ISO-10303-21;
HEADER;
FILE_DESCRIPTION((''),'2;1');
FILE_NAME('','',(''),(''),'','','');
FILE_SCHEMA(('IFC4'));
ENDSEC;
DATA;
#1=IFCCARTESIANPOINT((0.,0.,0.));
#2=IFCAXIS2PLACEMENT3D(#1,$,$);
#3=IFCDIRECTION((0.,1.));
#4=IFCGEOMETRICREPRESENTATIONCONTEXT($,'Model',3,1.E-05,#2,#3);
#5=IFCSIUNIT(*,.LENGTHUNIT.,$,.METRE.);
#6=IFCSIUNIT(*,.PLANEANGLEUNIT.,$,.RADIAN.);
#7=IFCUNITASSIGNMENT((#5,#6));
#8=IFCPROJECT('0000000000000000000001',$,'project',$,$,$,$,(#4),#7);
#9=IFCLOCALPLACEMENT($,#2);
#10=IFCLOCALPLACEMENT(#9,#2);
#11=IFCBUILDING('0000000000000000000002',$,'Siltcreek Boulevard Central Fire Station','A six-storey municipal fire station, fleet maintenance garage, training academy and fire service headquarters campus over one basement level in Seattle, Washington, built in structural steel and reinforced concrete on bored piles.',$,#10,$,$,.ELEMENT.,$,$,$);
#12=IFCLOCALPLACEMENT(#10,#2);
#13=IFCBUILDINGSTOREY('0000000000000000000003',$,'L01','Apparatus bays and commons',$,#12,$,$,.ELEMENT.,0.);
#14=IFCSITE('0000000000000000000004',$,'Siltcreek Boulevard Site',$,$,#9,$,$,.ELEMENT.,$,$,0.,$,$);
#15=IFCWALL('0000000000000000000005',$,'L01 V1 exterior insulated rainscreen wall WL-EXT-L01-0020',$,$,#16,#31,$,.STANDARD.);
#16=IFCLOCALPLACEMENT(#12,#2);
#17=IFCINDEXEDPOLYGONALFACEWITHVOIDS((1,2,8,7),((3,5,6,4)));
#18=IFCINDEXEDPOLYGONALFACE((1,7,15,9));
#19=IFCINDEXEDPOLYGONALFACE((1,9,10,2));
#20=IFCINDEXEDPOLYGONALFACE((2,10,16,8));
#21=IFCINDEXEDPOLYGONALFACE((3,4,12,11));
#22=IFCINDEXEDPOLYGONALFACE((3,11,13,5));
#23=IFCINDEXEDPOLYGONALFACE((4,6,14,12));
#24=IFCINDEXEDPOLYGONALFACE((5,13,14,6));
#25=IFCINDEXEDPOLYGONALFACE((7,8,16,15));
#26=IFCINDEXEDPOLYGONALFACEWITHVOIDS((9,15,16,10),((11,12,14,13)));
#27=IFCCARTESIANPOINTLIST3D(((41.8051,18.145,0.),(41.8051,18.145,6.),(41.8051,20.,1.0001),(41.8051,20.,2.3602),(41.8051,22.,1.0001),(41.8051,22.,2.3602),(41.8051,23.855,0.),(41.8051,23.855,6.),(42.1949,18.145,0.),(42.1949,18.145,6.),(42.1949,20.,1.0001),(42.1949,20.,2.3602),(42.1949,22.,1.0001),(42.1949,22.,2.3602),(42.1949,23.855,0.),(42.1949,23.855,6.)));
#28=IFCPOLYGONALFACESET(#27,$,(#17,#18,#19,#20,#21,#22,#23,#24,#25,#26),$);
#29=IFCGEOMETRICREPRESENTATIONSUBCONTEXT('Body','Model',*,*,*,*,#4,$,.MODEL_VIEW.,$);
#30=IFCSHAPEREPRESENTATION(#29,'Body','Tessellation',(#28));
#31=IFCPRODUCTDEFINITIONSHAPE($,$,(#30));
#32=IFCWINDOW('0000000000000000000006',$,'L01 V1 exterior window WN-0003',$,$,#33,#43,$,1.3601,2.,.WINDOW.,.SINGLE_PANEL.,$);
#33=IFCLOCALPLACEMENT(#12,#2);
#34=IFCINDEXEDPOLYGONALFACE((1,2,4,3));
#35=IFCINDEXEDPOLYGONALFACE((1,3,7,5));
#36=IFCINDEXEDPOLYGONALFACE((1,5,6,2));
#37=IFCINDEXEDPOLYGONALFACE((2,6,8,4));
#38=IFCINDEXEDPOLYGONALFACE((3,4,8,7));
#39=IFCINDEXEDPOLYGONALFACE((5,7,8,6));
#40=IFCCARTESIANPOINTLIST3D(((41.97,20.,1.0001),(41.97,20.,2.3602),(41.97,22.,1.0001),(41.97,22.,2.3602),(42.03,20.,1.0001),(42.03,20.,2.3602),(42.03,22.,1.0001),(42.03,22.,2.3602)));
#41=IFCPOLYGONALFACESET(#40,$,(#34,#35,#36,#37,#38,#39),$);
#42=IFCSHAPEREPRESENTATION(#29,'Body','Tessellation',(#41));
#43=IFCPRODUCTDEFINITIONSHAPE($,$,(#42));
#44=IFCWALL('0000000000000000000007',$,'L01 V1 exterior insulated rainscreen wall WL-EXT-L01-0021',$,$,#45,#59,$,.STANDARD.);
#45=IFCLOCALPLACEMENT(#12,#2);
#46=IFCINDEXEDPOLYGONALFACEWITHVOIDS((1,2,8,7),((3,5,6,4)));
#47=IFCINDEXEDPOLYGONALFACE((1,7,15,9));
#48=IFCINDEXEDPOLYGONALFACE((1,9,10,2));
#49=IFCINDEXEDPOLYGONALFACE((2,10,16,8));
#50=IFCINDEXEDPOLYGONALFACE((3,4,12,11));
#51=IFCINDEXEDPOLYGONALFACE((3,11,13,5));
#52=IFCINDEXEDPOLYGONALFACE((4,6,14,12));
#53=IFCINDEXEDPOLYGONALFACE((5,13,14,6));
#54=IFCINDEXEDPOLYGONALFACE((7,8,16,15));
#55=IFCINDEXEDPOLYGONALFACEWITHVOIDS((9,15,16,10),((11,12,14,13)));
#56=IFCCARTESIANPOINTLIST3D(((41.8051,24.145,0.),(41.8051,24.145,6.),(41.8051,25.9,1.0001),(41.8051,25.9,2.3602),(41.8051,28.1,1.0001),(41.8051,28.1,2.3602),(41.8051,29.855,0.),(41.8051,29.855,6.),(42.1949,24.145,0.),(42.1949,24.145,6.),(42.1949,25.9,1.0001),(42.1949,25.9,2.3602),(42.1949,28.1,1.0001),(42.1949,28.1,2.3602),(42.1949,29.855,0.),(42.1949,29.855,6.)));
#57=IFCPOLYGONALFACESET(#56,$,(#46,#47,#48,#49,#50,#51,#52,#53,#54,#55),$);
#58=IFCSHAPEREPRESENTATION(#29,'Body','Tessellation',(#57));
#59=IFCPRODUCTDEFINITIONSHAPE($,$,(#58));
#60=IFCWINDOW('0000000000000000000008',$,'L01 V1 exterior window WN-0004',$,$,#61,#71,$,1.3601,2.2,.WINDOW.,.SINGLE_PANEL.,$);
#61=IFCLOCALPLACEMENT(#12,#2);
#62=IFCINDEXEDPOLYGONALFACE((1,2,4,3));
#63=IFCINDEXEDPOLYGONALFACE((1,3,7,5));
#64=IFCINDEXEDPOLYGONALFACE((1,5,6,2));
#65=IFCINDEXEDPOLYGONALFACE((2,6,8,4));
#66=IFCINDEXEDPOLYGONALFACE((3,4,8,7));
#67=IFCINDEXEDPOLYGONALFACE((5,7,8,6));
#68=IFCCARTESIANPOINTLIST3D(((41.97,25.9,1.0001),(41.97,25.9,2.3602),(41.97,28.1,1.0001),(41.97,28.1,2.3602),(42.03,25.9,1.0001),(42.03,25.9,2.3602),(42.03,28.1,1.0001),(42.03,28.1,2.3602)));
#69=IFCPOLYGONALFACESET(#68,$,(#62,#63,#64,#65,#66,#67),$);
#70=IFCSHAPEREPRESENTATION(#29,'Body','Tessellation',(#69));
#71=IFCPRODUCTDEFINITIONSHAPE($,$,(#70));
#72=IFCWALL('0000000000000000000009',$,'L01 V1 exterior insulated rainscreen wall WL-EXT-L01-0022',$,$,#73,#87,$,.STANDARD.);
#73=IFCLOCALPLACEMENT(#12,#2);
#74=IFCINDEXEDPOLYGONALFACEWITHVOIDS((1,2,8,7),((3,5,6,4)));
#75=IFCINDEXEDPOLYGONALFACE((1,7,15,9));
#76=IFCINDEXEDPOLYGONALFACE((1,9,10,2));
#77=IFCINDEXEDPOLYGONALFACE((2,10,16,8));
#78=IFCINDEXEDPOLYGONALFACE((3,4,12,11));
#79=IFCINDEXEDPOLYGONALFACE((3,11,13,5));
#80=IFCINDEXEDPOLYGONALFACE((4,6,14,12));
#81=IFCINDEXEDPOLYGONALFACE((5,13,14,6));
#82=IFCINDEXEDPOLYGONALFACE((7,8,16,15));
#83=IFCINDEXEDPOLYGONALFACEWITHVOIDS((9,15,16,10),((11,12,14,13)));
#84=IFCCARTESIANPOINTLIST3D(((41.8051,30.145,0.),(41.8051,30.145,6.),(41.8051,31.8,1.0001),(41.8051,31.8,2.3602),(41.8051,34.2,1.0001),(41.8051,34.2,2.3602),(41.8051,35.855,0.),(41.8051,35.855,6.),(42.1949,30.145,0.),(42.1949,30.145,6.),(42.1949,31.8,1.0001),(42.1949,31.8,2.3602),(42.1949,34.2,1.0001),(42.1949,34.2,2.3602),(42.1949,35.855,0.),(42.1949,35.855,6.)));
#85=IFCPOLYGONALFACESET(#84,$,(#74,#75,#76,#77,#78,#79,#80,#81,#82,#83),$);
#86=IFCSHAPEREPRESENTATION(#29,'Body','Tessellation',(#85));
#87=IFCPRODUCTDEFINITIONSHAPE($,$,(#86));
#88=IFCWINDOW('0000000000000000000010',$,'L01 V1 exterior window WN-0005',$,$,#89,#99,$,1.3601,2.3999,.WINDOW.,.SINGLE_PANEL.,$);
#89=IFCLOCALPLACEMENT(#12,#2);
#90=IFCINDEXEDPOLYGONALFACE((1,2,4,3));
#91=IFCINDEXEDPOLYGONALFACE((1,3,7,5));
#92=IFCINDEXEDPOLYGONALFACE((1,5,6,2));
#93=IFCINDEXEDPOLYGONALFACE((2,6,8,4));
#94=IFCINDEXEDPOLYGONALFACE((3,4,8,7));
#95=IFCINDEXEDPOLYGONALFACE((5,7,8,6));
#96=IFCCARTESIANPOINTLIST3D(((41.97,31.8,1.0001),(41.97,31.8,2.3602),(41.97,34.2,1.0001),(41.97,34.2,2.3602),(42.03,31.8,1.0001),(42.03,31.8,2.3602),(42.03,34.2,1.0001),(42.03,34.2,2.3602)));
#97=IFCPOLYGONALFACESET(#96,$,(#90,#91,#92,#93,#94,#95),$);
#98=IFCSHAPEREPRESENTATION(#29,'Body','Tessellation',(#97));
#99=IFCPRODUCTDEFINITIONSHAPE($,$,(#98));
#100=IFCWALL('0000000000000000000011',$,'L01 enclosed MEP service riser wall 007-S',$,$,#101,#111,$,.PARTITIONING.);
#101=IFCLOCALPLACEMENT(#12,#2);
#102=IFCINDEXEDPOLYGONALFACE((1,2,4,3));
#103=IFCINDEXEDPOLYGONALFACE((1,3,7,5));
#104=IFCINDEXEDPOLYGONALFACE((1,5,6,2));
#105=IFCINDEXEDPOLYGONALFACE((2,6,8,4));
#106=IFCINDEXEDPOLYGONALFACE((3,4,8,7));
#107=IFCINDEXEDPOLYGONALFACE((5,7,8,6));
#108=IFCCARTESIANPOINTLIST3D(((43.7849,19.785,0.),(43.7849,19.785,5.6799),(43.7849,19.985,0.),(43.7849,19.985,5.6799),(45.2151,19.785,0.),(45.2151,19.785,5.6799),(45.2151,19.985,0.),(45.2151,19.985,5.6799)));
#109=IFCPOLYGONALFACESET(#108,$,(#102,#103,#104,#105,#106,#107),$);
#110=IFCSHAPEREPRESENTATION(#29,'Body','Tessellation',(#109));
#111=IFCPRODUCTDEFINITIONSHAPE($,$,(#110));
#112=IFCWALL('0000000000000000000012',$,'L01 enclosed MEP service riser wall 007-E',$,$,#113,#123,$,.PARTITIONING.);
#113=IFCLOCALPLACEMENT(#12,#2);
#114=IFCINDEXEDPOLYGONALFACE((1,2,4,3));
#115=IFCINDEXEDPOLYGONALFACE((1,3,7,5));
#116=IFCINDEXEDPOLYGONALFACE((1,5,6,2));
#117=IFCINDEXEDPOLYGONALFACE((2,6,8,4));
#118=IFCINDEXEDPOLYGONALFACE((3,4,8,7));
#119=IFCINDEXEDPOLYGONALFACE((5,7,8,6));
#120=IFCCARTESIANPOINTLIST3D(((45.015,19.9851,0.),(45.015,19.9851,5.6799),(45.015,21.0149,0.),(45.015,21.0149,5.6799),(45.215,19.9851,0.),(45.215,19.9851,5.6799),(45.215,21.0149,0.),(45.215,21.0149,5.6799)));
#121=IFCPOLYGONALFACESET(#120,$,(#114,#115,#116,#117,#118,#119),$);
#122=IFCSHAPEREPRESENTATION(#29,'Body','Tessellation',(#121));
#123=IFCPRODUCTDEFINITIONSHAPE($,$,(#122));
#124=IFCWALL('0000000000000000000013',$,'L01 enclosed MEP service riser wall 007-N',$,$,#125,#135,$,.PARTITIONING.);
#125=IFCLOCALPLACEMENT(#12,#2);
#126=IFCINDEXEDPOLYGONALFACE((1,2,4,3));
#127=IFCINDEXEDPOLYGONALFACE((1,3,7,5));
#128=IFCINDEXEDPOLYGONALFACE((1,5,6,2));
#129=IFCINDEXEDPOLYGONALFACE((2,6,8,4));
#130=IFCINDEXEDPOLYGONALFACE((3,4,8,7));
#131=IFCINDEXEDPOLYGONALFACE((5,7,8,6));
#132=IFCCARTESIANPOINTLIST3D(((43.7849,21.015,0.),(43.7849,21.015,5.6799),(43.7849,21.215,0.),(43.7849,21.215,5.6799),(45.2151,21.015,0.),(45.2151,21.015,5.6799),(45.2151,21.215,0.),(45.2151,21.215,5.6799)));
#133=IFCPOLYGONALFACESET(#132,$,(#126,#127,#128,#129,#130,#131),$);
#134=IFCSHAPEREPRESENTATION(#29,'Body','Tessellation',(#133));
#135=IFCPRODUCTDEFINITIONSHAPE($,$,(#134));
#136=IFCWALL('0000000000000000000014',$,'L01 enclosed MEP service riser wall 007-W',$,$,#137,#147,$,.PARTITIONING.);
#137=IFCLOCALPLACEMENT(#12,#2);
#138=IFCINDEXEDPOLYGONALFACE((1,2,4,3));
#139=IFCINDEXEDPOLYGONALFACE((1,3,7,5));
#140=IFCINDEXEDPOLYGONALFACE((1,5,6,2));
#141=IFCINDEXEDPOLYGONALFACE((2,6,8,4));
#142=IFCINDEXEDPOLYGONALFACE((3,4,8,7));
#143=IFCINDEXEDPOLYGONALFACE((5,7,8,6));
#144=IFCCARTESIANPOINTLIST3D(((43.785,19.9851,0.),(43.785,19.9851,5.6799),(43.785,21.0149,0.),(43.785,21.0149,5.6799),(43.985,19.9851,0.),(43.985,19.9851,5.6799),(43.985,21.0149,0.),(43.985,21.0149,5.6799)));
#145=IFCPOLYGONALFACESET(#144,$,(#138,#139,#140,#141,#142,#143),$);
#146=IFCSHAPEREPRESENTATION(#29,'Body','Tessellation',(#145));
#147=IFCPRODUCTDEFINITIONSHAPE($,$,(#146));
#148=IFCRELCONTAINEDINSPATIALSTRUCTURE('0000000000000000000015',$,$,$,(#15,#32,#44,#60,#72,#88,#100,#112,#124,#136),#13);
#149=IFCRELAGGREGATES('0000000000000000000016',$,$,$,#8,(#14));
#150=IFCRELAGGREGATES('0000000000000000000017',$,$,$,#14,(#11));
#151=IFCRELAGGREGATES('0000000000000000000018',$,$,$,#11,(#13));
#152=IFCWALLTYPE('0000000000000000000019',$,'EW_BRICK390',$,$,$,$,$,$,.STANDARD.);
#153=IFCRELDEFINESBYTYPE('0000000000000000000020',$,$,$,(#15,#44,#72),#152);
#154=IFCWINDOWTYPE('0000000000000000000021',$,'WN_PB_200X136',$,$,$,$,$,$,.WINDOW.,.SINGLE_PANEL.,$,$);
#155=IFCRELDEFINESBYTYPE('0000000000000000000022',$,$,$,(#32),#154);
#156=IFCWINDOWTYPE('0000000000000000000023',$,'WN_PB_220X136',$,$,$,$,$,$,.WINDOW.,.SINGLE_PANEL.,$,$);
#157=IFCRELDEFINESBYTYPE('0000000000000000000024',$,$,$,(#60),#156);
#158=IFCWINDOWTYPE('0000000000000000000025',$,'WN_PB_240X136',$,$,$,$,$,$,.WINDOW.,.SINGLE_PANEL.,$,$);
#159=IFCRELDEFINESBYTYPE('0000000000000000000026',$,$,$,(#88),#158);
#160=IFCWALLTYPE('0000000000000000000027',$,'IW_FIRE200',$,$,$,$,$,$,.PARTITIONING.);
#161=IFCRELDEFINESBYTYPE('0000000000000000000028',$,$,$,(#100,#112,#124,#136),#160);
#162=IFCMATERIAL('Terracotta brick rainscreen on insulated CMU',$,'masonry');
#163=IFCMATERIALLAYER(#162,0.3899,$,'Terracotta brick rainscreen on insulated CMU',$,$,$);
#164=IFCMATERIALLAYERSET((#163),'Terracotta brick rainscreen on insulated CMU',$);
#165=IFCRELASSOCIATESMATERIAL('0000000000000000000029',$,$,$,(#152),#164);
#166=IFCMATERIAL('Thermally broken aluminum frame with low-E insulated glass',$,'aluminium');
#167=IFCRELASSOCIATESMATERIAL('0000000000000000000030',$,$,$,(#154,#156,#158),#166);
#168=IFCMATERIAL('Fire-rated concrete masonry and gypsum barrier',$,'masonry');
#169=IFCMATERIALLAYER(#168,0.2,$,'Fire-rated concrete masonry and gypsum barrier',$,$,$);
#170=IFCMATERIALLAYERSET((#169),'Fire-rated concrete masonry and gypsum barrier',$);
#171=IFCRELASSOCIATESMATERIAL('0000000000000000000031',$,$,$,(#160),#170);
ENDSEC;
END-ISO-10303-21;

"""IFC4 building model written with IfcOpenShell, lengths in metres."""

from ifc_helpers import new_model, si_unit, direction, frame, frame_2d, origin, place, context, subcontext, project, spatial, rectangle, extrude, material, layer, layer_set, type_object, element, fill, save


model = new_model("IFC4")

# Units and contexts
model_context = context("Model", 3, precision=1e-05, world=origin(), true_north=direction((0.0, 1.0)))
body_context = subcontext(model_context, "Body", "Model", "MODEL_VIEW")
ifc_project = project(units=[si_unit("LENGTHUNIT", "METRE"), si_unit("PLANEANGLEUNIT", "RADIAN")], contexts=[model_context])

# Site, building, storey
site_placement = place(None, origin())
site = spatial("IfcSite", under=ifc_project, at=site_placement, Name="Siltcreek Boulevard Site", CompositionType="ELEMENT", RefElevation=0.0)
building_placement = place(site_placement, origin())
building = spatial("IfcBuilding", under=site, at=building_placement, Name="Siltcreek Boulevard Central Fire Station", Description="A six-storey municipal fire station, fleet maintenance garage, training academy and fire service headquarters campus over one basement level in Seattle, Washington, built in structural steel and reinforced concrete on bored piles.", CompositionType="ELEMENT")
storey_placement = place(building_placement, origin())
storey = spatial("IfcBuildingStorey", under=building, at=storey_placement, Name="L01", Description="Apparatus bays and commons", CompositionType="ELEMENT", Elevation=0.0)

# Walls, openings, windows
ifc_material_1 = material(Name="Terracotta brick rainscreen on insulated CMU", Category="masonry")
ifc_layer_1 = layer(ifc_material_1, 0.3899, Name="Terracotta brick rainscreen on insulated CMU")
ifc_layer_set_1 = layer_set([ifc_layer_1], Name="Terracotta brick rainscreen on insulated CMU")
wall_type_1 = type_object("IfcWallType", Name="EW_BRICK390", PredefinedType="STANDARD", material=ifc_layer_set_1)
wall_1_placement = place(storey_placement, frame((42.0, 23.855, 0.0), z_axis=(0.0, 0.0, 1.0), x_axis=(0.0, -1.0, 0.0)))
wall_1 = element("IfcWall", 1, at=wall_1_placement, inside=storey, type_object=wall_type_1, Name="L01 V1 exterior insulated rainscreen wall WL-EXT-L01-0020", PredefinedType="STANDARD", context=body_context, shape_type="SweptSolid", body=[
    extrude(rectangle(XDim=5.71, YDim=0.3899, at=frame_2d((2.855, 0.0))), origin(), (0.0, 0.0, 1.0), 6.0),
])
opening_1_placement = place(wall_1_placement, frame((1.855, 0.0, 1.0)))
opening_1 = element("IfcOpeningElement", 2, at=opening_1_placement, cuts=wall_1, PredefinedType="OPENING", context=body_context, shape_type="SweptSolid", body=[
    extrude(rectangle(XDim=2.0, YDim=1.3601, at=frame_2d((1.0, 0.6802))), frame((0.0, 0.2048, 0.0), z_axis=(0.0, -1.0, 0.0), x_axis=(1.0, 0.0, 0.0)), (0.0, 0.0, 1.0), 0.4099),
])
ifc_material_2 = material(Name="Thermally broken aluminum frame with low-E insulated glass", Category="aluminium")
window_type_1 = type_object("IfcWindowType", Name="WN_PB_200X136", PartitioningType="SINGLE_PANEL", PredefinedType="WINDOW", material=ifc_material_2)
window_1_placement = place(opening_1_placement, origin())
window_1 = element("IfcWindow", 3, at=window_1_placement, inside=storey, type_object=window_type_1, Name="L01 V1 exterior window WN-0003", OverallHeight=1.3601, OverallWidth=2.0, PartitioningType="SINGLE_PANEL", PredefinedType="WINDOW", context=body_context, shape_type="SweptSolid", body=[
    extrude(rectangle(XDim=2.0, YDim=1.3601, at=frame_2d((1.0, 0.6802))), frame((0.0, 0.03, 0.0), z_axis=(0.0, -1.0, 0.0), x_axis=(1.0, 0.0, 0.0)), (0.0, 0.0, 1.0), 0.0601),
])
fill(opening_1, window_1)
wall_2_placement = place(storey_placement, frame((42.0, 29.855, 0.0), z_axis=(0.0, 0.0, 1.0), x_axis=(0.0, -1.0, 0.0)))
wall_2 = element("IfcWall", 4, at=wall_2_placement, inside=storey, type_object=wall_type_1, Name="L01 V1 exterior insulated rainscreen wall WL-EXT-L01-0021", PredefinedType="STANDARD", context=body_context, shape_type="SweptSolid", body=[
    extrude(rectangle(XDim=5.71, YDim=0.3899, at=frame_2d((2.855, 0.0))), origin(), (0.0, 0.0, 1.0), 6.0),
])
opening_2_placement = place(wall_2_placement, frame((1.7549, 0.0, 1.0)))
opening_2 = element("IfcOpeningElement", 5, at=opening_2_placement, cuts=wall_2, PredefinedType="OPENING", context=body_context, shape_type="SweptSolid", body=[
    extrude(rectangle(XDim=2.2, YDim=1.3601, at=frame_2d((1.1001, 0.6802))), frame((0.0, 0.2048, 0.0), z_axis=(0.0, -1.0, 0.0), x_axis=(1.0, 0.0, 0.0)), (0.0, 0.0, 1.0), 0.4099),
])
window_type_2 = type_object("IfcWindowType", Name="WN_PB_220X136", PartitioningType="SINGLE_PANEL", PredefinedType="WINDOW", material=ifc_material_2)
window_2_placement = place(opening_2_placement, origin())
window_2 = element("IfcWindow", 6, at=window_2_placement, inside=storey, type_object=window_type_2, Name="L01 V1 exterior window WN-0004", OverallHeight=1.3601, OverallWidth=2.2, PartitioningType="SINGLE_PANEL", PredefinedType="WINDOW", context=body_context, shape_type="SweptSolid", body=[
    extrude(rectangle(XDim=2.2, YDim=1.3601, at=frame_2d((1.1001, 0.6802))), frame((0.0, 0.03, 0.0), z_axis=(0.0, -1.0, 0.0), x_axis=(1.0, 0.0, 0.0)), (0.0, 0.0, 1.0), 0.0601),
])
fill(opening_2, window_2)
wall_3_placement = place(storey_placement, frame((42.0, 35.855, 0.0), z_axis=(0.0, 0.0, 1.0), x_axis=(0.0, -1.0, 0.0)))
wall_3 = element("IfcWall", 7, at=wall_3_placement, inside=storey, type_object=wall_type_1, Name="L01 V1 exterior insulated rainscreen wall WL-EXT-L01-0022", PredefinedType="STANDARD", context=body_context, shape_type="SweptSolid", body=[
    extrude(rectangle(XDim=5.71, YDim=0.3899, at=frame_2d((2.855, 0.0))), origin(), (0.0, 0.0, 1.0), 6.0),
])
opening_3_placement = place(wall_3_placement, frame((1.655, 0.0, 1.0)))
opening_3 = element("IfcOpeningElement", 8, at=opening_3_placement, cuts=wall_3, PredefinedType="OPENING", context=body_context, shape_type="SweptSolid", body=[
    extrude(rectangle(XDim=2.3999, YDim=1.3601, at=frame_2d((1.2, 0.6802))), frame((0.0, 0.2048, 0.0), z_axis=(0.0, -1.0, 0.0), x_axis=(1.0, 0.0, 0.0)), (0.0, 0.0, 1.0), 0.4099),
])
window_type_3 = type_object("IfcWindowType", Name="WN_PB_240X136", PartitioningType="SINGLE_PANEL", PredefinedType="WINDOW", material=ifc_material_2)
window_3_placement = place(opening_3_placement, origin())
window_3 = element("IfcWindow", 9, at=window_3_placement, inside=storey, type_object=window_type_3, Name="L01 V1 exterior window WN-0005", OverallHeight=1.3601, OverallWidth=2.3999, PartitioningType="SINGLE_PANEL", PredefinedType="WINDOW", context=body_context, shape_type="SweptSolid", body=[
    extrude(rectangle(XDim=2.3999, YDim=1.3601, at=frame_2d((1.2, 0.6802))), frame((0.0, 0.03, 0.0), z_axis=(0.0, -1.0, 0.0), x_axis=(1.0, 0.0, 0.0)), (0.0, 0.0, 1.0), 0.0601),
])
fill(opening_3, window_3)

# Walls
ifc_material_3 = material(Name="Fire-rated concrete masonry and gypsum barrier", Category="masonry")
ifc_layer_2 = layer(ifc_material_3, 0.2, Name="Fire-rated concrete masonry and gypsum barrier")
ifc_layer_set_2 = layer_set([ifc_layer_2], Name="Fire-rated concrete masonry and gypsum barrier")
wall_type_2 = type_object("IfcWallType", Name="IW_FIRE200", PredefinedType="PARTITIONING", material=ifc_layer_set_2)
wall_4_placement = place(storey_placement, frame((43.7849, 19.885, 0.0), z_axis=(0.0, 0.0, 1.0), x_axis=(1.0, 0.0, 0.0)))
element("IfcWall", 10, at=wall_4_placement, inside=storey, type_object=wall_type_2, Name="L01 enclosed MEP service riser wall 007-S", PredefinedType="PARTITIONING", context=body_context, shape_type="SweptSolid", body=[
    extrude(rectangle(XDim=1.4302, YDim=0.2, at=frame_2d((0.7151, 0.0))), origin(), (0.0, 0.0, 1.0), 5.6799),
])
wall_5_placement = place(storey_placement, frame((45.115, 19.9851, 0.0), z_axis=(0.0, 0.0, 1.0), x_axis=(0.0, 1.0, 0.0)))
element("IfcWall", 11, at=wall_5_placement, inside=storey, type_object=wall_type_2, Name="L01 enclosed MEP service riser wall 007-E", PredefinedType="PARTITIONING", context=body_context, shape_type="SweptSolid", body=[
    extrude(rectangle(XDim=1.0298, YDim=0.2, at=frame_2d((0.5149, 0.0))), origin(), (0.0, 0.0, 1.0), 5.6799),
])
wall_6_placement = place(storey_placement, frame((45.2151, 21.115, 0.0), z_axis=(0.0, 0.0, 1.0), x_axis=(-1.0, 0.0, 0.0)))
element("IfcWall", 12, at=wall_6_placement, inside=storey, type_object=wall_type_2, Name="L01 enclosed MEP service riser wall 007-N", PredefinedType="PARTITIONING", context=body_context, shape_type="SweptSolid", body=[
    extrude(rectangle(XDim=1.4302, YDim=0.2, at=frame_2d((0.7151, 0.0))), origin(), (0.0, 0.0, 1.0), 5.6799),
])
wall_7_placement = place(storey_placement, frame((43.885, 21.0149, 0.0), z_axis=(0.0, 0.0, 1.0), x_axis=(0.0, -1.0, 0.0)))
element("IfcWall", 13, at=wall_7_placement, inside=storey, type_object=wall_type_2, Name="L01 enclosed MEP service riser wall 007-W", PredefinedType="PARTITIONING", context=body_context, shape_type="SweptSolid", body=[
    extrude(rectangle(XDim=1.0298, YDim=0.2, at=frame_2d((0.5149, 0.0))), origin(), (0.0, 0.0, 1.0), 5.6799),
])

save(model, "model.ifc")
